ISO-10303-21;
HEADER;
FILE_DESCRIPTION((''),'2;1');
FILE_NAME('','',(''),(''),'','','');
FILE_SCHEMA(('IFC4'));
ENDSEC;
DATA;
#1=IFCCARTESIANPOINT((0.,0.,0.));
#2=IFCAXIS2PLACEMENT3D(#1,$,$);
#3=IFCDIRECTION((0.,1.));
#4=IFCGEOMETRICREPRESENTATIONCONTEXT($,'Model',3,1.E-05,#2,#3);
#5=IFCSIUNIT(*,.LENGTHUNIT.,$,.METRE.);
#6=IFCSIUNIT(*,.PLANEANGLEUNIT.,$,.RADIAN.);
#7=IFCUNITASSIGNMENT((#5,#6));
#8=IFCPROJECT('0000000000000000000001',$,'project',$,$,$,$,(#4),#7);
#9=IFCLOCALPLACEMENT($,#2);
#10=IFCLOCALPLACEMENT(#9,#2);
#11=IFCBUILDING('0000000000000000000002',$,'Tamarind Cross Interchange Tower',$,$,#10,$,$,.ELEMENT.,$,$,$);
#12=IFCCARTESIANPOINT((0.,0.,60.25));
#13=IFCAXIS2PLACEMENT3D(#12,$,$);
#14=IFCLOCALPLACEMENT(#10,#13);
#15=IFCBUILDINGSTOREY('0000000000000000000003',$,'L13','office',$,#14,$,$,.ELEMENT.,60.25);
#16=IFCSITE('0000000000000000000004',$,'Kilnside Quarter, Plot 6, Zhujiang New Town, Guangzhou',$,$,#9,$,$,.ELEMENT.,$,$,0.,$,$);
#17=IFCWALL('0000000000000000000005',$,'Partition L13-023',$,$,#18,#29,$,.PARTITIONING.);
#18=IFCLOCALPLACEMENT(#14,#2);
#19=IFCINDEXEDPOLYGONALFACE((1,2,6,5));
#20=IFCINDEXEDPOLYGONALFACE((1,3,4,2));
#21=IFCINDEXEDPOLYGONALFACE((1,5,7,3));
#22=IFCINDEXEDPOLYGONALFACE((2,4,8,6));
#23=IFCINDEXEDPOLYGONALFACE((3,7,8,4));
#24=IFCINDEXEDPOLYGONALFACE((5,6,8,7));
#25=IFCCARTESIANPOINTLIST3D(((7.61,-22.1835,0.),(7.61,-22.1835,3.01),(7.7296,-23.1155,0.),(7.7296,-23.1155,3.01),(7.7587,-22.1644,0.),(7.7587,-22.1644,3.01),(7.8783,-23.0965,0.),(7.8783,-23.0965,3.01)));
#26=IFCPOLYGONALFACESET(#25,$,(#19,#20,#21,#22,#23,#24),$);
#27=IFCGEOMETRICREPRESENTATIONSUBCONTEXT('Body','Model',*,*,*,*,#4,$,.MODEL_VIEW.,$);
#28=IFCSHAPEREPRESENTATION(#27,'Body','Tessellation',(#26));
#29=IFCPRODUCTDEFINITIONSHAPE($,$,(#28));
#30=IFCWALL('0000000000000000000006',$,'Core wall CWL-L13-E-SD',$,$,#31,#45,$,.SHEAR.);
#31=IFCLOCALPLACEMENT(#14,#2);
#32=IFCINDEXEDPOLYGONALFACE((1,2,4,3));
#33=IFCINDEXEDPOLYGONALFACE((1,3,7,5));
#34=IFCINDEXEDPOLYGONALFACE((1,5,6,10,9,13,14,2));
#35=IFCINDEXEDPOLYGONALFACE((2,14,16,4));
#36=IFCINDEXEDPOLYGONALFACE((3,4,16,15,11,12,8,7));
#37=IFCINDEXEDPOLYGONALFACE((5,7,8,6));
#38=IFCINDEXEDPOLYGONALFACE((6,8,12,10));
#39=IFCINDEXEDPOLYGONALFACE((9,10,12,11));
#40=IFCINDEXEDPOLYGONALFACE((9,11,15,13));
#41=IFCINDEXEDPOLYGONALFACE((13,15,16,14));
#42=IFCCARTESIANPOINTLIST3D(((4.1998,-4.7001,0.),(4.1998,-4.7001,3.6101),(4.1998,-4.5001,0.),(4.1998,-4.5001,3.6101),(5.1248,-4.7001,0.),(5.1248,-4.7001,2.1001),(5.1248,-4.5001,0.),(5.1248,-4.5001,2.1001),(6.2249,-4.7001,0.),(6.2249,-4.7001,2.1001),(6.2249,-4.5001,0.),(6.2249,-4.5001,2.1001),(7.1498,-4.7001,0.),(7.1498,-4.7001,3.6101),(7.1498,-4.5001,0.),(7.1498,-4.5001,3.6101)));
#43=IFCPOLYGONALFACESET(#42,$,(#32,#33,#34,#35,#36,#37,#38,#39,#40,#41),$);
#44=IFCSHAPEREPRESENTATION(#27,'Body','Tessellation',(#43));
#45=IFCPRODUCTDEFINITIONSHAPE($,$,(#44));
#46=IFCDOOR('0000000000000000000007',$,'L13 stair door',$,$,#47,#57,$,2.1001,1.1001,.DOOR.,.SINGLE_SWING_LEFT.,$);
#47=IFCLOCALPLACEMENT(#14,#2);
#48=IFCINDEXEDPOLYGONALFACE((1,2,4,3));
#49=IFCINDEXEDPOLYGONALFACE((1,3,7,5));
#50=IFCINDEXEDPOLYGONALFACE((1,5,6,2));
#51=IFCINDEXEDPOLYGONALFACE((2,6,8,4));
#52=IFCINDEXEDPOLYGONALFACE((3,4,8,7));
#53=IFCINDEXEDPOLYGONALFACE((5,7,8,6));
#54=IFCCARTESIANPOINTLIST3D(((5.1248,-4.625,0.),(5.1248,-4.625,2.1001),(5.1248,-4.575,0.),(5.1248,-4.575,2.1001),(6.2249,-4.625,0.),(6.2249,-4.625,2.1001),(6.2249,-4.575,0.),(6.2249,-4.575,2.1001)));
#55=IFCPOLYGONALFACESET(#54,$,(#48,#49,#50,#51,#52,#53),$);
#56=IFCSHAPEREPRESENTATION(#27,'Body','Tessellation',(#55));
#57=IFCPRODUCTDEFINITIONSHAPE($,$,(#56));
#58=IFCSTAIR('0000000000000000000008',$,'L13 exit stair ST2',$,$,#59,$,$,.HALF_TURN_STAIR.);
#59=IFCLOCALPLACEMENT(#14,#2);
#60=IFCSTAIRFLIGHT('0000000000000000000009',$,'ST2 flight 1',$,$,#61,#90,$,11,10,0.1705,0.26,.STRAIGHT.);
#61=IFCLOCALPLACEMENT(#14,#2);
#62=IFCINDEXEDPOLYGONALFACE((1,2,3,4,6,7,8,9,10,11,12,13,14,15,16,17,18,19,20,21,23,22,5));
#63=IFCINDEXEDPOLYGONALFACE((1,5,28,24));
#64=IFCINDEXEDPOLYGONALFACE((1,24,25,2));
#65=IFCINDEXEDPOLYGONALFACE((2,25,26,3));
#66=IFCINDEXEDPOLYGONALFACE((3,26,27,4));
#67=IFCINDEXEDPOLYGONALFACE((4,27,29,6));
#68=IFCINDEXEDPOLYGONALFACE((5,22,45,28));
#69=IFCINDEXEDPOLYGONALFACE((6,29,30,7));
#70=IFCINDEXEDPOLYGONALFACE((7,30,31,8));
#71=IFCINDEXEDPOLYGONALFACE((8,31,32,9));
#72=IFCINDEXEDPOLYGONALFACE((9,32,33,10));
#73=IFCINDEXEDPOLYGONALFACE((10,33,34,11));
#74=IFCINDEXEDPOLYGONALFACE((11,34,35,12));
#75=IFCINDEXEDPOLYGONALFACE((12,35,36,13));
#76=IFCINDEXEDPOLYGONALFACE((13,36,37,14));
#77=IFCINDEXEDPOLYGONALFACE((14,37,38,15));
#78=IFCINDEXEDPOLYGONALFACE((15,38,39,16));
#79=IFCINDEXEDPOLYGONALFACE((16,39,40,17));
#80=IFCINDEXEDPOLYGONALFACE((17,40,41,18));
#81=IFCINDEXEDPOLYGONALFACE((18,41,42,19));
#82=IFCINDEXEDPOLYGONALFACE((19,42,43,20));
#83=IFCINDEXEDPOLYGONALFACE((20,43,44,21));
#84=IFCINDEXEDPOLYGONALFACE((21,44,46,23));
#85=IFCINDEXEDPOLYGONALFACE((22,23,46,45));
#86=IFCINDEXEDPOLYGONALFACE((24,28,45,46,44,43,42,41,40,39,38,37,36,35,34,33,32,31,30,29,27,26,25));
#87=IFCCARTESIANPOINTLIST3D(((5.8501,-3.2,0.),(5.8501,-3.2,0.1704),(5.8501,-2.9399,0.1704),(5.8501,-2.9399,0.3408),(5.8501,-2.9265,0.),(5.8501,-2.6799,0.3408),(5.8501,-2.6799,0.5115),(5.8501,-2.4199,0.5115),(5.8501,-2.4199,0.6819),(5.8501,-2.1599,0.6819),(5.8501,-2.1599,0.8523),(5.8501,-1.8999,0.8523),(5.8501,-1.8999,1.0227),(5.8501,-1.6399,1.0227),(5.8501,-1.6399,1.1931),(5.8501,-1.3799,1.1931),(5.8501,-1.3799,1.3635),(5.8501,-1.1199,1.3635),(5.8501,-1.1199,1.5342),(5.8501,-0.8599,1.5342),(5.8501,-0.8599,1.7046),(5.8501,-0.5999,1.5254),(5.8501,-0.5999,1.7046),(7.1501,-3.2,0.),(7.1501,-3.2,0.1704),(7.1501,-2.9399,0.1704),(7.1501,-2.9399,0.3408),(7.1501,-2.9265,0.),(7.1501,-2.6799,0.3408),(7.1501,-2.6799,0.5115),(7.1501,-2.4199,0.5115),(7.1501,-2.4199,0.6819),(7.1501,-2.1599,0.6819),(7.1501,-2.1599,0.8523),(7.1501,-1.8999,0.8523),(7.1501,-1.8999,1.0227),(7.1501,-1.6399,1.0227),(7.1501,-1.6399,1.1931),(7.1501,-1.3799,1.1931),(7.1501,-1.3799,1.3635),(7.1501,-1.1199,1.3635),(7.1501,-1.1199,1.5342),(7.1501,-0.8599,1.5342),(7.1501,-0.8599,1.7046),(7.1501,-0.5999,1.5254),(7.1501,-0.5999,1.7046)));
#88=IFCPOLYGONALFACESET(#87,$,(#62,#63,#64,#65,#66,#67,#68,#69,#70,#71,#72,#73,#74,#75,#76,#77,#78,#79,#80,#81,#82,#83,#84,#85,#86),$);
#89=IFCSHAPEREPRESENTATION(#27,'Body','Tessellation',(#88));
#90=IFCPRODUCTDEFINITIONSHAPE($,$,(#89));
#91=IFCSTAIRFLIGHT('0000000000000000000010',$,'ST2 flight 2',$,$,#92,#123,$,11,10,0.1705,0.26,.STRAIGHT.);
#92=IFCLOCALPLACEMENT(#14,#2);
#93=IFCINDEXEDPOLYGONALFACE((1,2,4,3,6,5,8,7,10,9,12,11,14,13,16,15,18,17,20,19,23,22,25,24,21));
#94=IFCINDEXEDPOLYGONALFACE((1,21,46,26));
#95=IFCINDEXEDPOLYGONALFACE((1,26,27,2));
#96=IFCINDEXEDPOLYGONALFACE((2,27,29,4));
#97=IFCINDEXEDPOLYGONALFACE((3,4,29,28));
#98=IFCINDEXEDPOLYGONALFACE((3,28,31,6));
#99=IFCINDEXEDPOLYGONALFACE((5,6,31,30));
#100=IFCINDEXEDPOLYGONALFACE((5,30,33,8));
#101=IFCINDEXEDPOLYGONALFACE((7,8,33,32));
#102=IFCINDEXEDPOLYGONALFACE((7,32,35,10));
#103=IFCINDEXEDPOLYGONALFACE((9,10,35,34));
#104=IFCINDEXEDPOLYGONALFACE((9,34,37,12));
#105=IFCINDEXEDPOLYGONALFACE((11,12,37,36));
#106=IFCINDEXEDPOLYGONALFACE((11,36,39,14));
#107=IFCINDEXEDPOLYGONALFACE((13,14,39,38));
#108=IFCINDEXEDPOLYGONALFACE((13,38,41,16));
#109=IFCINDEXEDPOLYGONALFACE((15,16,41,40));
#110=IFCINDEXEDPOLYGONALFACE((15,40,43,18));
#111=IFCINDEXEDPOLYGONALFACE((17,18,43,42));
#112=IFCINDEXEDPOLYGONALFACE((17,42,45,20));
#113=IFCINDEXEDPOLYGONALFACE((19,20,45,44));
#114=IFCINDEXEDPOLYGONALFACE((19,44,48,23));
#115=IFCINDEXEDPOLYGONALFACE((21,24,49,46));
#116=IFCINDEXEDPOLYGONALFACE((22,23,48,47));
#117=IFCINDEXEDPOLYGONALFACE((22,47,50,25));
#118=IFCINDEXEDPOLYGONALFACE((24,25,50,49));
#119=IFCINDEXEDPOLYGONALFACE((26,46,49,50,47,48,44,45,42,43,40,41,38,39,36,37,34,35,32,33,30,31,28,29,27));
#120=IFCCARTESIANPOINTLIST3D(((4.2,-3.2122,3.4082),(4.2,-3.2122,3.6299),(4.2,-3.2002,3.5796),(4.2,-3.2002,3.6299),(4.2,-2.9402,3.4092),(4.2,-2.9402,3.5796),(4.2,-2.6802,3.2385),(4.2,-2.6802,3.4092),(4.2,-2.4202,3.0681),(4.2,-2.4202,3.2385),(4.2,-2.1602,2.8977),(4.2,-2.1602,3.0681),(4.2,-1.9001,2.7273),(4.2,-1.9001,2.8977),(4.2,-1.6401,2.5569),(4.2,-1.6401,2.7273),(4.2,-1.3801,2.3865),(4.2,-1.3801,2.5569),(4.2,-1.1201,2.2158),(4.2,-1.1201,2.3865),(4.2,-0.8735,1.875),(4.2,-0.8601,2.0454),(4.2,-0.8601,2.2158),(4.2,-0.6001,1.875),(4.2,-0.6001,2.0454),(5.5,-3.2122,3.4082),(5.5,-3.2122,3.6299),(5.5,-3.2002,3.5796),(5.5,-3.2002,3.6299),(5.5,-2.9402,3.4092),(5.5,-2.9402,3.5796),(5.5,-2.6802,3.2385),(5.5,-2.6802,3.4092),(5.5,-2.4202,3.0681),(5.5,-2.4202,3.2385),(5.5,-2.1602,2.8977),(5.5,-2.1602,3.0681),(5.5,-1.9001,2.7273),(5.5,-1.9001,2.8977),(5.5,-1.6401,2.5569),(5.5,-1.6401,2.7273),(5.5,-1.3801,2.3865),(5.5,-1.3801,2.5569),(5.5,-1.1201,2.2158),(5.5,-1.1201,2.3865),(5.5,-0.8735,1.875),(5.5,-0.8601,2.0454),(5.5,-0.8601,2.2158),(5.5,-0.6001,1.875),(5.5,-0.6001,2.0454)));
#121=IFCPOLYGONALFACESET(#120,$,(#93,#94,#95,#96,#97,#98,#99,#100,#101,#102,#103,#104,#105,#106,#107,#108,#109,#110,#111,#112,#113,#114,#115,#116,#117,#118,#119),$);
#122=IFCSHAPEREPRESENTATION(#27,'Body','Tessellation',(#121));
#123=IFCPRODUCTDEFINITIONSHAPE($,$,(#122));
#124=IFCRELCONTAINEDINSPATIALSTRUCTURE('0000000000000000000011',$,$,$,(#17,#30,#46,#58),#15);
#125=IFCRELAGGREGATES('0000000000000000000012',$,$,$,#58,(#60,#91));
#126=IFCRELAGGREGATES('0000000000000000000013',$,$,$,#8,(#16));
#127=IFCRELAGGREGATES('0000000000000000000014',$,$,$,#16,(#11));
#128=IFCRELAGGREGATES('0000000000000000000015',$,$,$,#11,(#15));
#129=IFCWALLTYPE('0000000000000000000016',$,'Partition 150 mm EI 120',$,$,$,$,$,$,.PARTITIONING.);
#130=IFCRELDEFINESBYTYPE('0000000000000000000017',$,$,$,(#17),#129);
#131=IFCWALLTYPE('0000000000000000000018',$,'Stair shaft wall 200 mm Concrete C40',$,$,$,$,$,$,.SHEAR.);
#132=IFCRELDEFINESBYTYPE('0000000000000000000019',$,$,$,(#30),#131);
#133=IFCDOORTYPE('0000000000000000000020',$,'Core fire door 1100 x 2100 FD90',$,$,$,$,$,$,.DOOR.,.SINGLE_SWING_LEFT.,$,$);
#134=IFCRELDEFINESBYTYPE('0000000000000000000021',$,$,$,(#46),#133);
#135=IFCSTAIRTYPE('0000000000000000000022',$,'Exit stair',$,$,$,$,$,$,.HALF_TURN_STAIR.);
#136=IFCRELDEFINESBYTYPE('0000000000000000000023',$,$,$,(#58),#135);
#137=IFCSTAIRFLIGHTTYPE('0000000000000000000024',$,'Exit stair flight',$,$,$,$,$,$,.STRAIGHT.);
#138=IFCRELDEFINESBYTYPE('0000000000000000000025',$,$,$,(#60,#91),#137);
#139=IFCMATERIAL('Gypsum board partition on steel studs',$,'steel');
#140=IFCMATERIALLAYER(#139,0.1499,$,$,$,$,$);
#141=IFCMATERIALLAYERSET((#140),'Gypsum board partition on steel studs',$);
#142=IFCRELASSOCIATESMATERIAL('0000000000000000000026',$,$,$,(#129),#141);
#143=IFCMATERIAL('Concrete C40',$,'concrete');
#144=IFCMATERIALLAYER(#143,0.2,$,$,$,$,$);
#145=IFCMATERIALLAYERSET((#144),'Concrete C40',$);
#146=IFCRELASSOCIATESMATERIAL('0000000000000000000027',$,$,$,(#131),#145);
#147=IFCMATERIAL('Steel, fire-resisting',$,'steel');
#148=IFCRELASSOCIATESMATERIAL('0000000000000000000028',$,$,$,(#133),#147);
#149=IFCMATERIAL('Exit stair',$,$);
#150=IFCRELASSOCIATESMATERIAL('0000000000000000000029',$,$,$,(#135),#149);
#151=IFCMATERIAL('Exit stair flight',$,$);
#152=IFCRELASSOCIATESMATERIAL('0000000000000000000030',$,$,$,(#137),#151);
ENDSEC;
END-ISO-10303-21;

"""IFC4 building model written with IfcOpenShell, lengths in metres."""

from ifc_helpers import new_model, si_unit, direction, frame, frame_2d, origin, place, context, subcontext, project, spatial, polyline, rectangle, outline, extrude, material, layer, layer_set, type_object, element, fill, aggregate, save


model = new_model("IFC4")

# Units and contexts
model_context = context("Model", 3, precision=1e-05, world=origin(), true_north=direction((0.0, 1.0)))
body_context = subcontext(model_context, "Body", "Model", "MODEL_VIEW")
ifc_project = project(units=[si_unit("LENGTHUNIT", "METRE"), si_unit("PLANEANGLEUNIT", "RADIAN")], contexts=[model_context])

# Site, building, storey
site_placement = place(None, origin())
site = spatial("IfcSite", under=ifc_project, at=site_placement, Name="Kilnside Quarter, Plot 6, Zhujiang New Town, Guangzhou", CompositionType="ELEMENT", RefElevation=0.0)
building_placement = place(site_placement, origin())
building = spatial("IfcBuilding", under=site, at=building_placement, Name="Tamarind Cross Interchange Tower", CompositionType="ELEMENT")
storey_placement = place(building_placement, frame((0.0, 0.0, 60.25)))
storey = spatial("IfcBuildingStorey", under=building, at=storey_placement, Name="L13", Description="office", CompositionType="ELEMENT", Elevation=60.25)

# Shared definitions
ifc_material_1 = material(Name="Steel, fire-resisting", Category="steel")

# Shared definitions
ifc_material_2 = material(Name="Gypsum board partition on steel studs", Category="steel")
ifc_layer_1 = layer(ifc_material_2, 0.1499)
ifc_layer_set_1 = layer_set([ifc_layer_1], Name="Gypsum board partition on steel studs")
wall_type_1 = type_object("IfcWallType", Name="Partition 150 mm EI 120", PredefinedType="PARTITIONING", material=ifc_layer_set_1)

# Wall
wall_1_placement = place(storey_placement, frame((7.6843, -22.1741, 0.0), z_axis=(0.0, 0.0, 1.0), x_axis=(0.127295, -0.991865, 0.0)))
element("IfcWall", 1, at=wall_1_placement, inside=storey, type_object=wall_type_1, Name="Partition L13-023", PredefinedType="PARTITIONING", context=body_context, shape_type="SweptSolid", body=[
    extrude(rectangle(XDim=0.9397, YDim=0.1499, at=frame_2d((0.4697, 0.0))), origin(), (0.0, 0.0, 1.0), 3.01),
])

# Wall, opening, door
ifc_material_3 = material(Name="Concrete C40", Category="concrete")
ifc_layer_2 = layer(ifc_material_3, 0.2)
ifc_layer_set_2 = layer_set([ifc_layer_2], Name="Concrete C40")
wall_type_2 = type_object("IfcWallType", Name="Stair shaft wall 200 mm Concrete C40", PredefinedType="SHEAR", material=ifc_layer_set_2)
wall_2_placement = place(storey_placement, frame((7.1499, -4.6001, 0.0), z_axis=(0.0, 0.0, 1.0), x_axis=(-1.0, 0.0, 0.0)))
wall_2 = element("IfcWall", 2, at=wall_2_placement, inside=storey, type_object=wall_type_2, Name="Core wall CWL-L13-E-SD", PredefinedType="SHEAR", context=body_context, shape_type="SweptSolid", body=[
    extrude(rectangle(XDim=2.95, YDim=0.2, at=frame_2d((1.4751, 0.0))), origin(), (0.0, 0.0, 1.0), 3.6101),
])
opening_1_placement = place(wall_2_placement, frame((0.925, 0.0, 0.0)))
opening_1 = element("IfcOpeningElement", 3, at=opening_1_placement, cuts=wall_2, PredefinedType="OPENING", context=body_context, shape_type="SweptSolid", body=[
    extrude(rectangle(XDim=1.1001, YDim=2.1001, at=frame_2d((0.55, 1.05))), frame((0.0, 0.1099, 0.0), z_axis=(0.0, -1.0, 0.0), x_axis=(1.0, 0.0, 0.0)), (0.0, 0.0, 1.0), 0.22),
])
door_type_1 = type_object("IfcDoorType", Name="Core fire door 1100 x 2100 FD90", OperationType="SINGLE_SWING_LEFT", PredefinedType="DOOR", material=ifc_material_1)
door_1_placement = place(opening_1_placement, origin())
door_1 = element("IfcDoor", 4, at=door_1_placement, inside=storey, type_object=door_type_1, Name="L13 stair door", OperationType="SINGLE_SWING_LEFT", OverallHeight=2.1001, OverallWidth=1.1001, PredefinedType="DOOR", context=body_context, shape_type="SweptSolid", body=[
    extrude(rectangle(XDim=1.1001, YDim=2.1001, at=frame_2d((0.55, 1.05))), frame((0.0, 0.0249, 0.0), z_axis=(0.0, -1.0, 0.0), x_axis=(1.0, 0.0, 0.0)), (0.0, 0.0, 1.0), 0.05),
])
fill(opening_1, door_1)

# Stair, stair flights
ifc_material_4 = material(Name="Exit stair")
stair_type = type_object("IfcStairType", Name="Exit stair", PredefinedType="HALF_TURN_STAIR", material=ifc_material_4)
stair_placement = place(storey_placement, origin())
stair = element("IfcStair", 5, at=stair_placement, inside=storey, type_object=stair_type, Name="L13 exit stair ST2", PredefinedType="HALF_TURN_STAIR")
ifc_material_5 = material(Name="Exit stair flight")
stair_flight_type = type_object("IfcStairFlightType", Name="Exit stair flight", PredefinedType="STRAIGHT", material=ifc_material_5)
stair_flight_1_placement = place(storey_placement, frame((6.5, -3.2, 0.0), z_axis=(0.0, 0.0, 1.0), x_axis=(0.0, 1.0, 0.0)))
stair_flight_1 = element("IfcStairFlight", 6, at=stair_flight_1_placement, type_object=stair_flight_type, Name="ST2 flight 1", NumberOfRisers=11, NumberOfTreads=10, PredefinedType="STRAIGHT", RiserHeight=0.1705, TreadLength=0.26, context=body_context, shape_type="SweptSolid", body=[
    extrude(outline(polyline([(0.0, 0.0), (0.0, 0.1704), (0.26, 0.1704), (0.26, 0.3408), (0.52, 0.3408), (0.52, 0.5115), (0.78, 0.5115), (0.78, 0.6819), (1.04, 0.6819), (1.04, 0.8523), (1.3, 0.8523), (1.3, 1.0227), (1.5601, 1.0227), (1.5601, 1.1931), (1.8201, 1.1931), (1.8201, 1.3635), (2.0801, 1.3635), (2.0801, 1.5342), (2.3401, 1.5342), (2.3401, 1.7046), (2.6001, 1.7046), (2.6001, 1.875), (2.6001, 1.5254), (0.2734, 0.0), (0.0, 0.0)])), frame((0.0, 0.6499, 0.0), z_axis=(0.0, -1.0, 0.0), x_axis=(1.0, 0.0, 0.0)), (0.0, 0.0, 1.0), 1.3),
])
stair_flight_2_placement = place(storey_placement, frame((4.8501, -0.6001, 1.875), z_axis=(0.0, 0.0, 1.0), x_axis=(0.0, -1.0, 0.0)))
stair_flight_2 = element("IfcStairFlight", 7, at=stair_flight_2_placement, type_object=stair_flight_type, Name="ST2 flight 2", NumberOfRisers=11, NumberOfTreads=10, PredefinedType="STRAIGHT", RiserHeight=0.1705, TreadLength=0.26, context=body_context, shape_type="SweptSolid", body=[
    extrude(outline(polyline([(0.0, 0.0), (0.0, 0.1704), (0.26, 0.1704), (0.26, 0.3408), (0.52, 0.3408), (0.52, 0.5115), (0.78, 0.5115), (0.78, 0.6819), (1.04, 0.6819), (1.04, 0.8523), (1.3, 0.8523), (1.3, 1.0227), (1.5601, 1.0227), (1.5601, 1.1931), (1.8201, 1.1931), (1.8201, 1.3635), (2.0801, 1.3635), (2.0801, 1.5342), (2.3401, 1.5342), (2.3401, 1.7046), (2.6001, 1.7046), (2.6001, 1.7549), (2.6121, 1.7549), (2.6121, 1.5332), (0.2734, 0.0), (0.0, 0.0)])), frame((0.0, 0.6499, 0.0), z_axis=(0.0, -1.0, 0.0), x_axis=(1.0, 0.0, 0.0)), (0.0, 0.0, 1.0), 1.3),
])
aggregate(stair, [stair_flight_1, stair_flight_2])

save(model, "model.ifc")
